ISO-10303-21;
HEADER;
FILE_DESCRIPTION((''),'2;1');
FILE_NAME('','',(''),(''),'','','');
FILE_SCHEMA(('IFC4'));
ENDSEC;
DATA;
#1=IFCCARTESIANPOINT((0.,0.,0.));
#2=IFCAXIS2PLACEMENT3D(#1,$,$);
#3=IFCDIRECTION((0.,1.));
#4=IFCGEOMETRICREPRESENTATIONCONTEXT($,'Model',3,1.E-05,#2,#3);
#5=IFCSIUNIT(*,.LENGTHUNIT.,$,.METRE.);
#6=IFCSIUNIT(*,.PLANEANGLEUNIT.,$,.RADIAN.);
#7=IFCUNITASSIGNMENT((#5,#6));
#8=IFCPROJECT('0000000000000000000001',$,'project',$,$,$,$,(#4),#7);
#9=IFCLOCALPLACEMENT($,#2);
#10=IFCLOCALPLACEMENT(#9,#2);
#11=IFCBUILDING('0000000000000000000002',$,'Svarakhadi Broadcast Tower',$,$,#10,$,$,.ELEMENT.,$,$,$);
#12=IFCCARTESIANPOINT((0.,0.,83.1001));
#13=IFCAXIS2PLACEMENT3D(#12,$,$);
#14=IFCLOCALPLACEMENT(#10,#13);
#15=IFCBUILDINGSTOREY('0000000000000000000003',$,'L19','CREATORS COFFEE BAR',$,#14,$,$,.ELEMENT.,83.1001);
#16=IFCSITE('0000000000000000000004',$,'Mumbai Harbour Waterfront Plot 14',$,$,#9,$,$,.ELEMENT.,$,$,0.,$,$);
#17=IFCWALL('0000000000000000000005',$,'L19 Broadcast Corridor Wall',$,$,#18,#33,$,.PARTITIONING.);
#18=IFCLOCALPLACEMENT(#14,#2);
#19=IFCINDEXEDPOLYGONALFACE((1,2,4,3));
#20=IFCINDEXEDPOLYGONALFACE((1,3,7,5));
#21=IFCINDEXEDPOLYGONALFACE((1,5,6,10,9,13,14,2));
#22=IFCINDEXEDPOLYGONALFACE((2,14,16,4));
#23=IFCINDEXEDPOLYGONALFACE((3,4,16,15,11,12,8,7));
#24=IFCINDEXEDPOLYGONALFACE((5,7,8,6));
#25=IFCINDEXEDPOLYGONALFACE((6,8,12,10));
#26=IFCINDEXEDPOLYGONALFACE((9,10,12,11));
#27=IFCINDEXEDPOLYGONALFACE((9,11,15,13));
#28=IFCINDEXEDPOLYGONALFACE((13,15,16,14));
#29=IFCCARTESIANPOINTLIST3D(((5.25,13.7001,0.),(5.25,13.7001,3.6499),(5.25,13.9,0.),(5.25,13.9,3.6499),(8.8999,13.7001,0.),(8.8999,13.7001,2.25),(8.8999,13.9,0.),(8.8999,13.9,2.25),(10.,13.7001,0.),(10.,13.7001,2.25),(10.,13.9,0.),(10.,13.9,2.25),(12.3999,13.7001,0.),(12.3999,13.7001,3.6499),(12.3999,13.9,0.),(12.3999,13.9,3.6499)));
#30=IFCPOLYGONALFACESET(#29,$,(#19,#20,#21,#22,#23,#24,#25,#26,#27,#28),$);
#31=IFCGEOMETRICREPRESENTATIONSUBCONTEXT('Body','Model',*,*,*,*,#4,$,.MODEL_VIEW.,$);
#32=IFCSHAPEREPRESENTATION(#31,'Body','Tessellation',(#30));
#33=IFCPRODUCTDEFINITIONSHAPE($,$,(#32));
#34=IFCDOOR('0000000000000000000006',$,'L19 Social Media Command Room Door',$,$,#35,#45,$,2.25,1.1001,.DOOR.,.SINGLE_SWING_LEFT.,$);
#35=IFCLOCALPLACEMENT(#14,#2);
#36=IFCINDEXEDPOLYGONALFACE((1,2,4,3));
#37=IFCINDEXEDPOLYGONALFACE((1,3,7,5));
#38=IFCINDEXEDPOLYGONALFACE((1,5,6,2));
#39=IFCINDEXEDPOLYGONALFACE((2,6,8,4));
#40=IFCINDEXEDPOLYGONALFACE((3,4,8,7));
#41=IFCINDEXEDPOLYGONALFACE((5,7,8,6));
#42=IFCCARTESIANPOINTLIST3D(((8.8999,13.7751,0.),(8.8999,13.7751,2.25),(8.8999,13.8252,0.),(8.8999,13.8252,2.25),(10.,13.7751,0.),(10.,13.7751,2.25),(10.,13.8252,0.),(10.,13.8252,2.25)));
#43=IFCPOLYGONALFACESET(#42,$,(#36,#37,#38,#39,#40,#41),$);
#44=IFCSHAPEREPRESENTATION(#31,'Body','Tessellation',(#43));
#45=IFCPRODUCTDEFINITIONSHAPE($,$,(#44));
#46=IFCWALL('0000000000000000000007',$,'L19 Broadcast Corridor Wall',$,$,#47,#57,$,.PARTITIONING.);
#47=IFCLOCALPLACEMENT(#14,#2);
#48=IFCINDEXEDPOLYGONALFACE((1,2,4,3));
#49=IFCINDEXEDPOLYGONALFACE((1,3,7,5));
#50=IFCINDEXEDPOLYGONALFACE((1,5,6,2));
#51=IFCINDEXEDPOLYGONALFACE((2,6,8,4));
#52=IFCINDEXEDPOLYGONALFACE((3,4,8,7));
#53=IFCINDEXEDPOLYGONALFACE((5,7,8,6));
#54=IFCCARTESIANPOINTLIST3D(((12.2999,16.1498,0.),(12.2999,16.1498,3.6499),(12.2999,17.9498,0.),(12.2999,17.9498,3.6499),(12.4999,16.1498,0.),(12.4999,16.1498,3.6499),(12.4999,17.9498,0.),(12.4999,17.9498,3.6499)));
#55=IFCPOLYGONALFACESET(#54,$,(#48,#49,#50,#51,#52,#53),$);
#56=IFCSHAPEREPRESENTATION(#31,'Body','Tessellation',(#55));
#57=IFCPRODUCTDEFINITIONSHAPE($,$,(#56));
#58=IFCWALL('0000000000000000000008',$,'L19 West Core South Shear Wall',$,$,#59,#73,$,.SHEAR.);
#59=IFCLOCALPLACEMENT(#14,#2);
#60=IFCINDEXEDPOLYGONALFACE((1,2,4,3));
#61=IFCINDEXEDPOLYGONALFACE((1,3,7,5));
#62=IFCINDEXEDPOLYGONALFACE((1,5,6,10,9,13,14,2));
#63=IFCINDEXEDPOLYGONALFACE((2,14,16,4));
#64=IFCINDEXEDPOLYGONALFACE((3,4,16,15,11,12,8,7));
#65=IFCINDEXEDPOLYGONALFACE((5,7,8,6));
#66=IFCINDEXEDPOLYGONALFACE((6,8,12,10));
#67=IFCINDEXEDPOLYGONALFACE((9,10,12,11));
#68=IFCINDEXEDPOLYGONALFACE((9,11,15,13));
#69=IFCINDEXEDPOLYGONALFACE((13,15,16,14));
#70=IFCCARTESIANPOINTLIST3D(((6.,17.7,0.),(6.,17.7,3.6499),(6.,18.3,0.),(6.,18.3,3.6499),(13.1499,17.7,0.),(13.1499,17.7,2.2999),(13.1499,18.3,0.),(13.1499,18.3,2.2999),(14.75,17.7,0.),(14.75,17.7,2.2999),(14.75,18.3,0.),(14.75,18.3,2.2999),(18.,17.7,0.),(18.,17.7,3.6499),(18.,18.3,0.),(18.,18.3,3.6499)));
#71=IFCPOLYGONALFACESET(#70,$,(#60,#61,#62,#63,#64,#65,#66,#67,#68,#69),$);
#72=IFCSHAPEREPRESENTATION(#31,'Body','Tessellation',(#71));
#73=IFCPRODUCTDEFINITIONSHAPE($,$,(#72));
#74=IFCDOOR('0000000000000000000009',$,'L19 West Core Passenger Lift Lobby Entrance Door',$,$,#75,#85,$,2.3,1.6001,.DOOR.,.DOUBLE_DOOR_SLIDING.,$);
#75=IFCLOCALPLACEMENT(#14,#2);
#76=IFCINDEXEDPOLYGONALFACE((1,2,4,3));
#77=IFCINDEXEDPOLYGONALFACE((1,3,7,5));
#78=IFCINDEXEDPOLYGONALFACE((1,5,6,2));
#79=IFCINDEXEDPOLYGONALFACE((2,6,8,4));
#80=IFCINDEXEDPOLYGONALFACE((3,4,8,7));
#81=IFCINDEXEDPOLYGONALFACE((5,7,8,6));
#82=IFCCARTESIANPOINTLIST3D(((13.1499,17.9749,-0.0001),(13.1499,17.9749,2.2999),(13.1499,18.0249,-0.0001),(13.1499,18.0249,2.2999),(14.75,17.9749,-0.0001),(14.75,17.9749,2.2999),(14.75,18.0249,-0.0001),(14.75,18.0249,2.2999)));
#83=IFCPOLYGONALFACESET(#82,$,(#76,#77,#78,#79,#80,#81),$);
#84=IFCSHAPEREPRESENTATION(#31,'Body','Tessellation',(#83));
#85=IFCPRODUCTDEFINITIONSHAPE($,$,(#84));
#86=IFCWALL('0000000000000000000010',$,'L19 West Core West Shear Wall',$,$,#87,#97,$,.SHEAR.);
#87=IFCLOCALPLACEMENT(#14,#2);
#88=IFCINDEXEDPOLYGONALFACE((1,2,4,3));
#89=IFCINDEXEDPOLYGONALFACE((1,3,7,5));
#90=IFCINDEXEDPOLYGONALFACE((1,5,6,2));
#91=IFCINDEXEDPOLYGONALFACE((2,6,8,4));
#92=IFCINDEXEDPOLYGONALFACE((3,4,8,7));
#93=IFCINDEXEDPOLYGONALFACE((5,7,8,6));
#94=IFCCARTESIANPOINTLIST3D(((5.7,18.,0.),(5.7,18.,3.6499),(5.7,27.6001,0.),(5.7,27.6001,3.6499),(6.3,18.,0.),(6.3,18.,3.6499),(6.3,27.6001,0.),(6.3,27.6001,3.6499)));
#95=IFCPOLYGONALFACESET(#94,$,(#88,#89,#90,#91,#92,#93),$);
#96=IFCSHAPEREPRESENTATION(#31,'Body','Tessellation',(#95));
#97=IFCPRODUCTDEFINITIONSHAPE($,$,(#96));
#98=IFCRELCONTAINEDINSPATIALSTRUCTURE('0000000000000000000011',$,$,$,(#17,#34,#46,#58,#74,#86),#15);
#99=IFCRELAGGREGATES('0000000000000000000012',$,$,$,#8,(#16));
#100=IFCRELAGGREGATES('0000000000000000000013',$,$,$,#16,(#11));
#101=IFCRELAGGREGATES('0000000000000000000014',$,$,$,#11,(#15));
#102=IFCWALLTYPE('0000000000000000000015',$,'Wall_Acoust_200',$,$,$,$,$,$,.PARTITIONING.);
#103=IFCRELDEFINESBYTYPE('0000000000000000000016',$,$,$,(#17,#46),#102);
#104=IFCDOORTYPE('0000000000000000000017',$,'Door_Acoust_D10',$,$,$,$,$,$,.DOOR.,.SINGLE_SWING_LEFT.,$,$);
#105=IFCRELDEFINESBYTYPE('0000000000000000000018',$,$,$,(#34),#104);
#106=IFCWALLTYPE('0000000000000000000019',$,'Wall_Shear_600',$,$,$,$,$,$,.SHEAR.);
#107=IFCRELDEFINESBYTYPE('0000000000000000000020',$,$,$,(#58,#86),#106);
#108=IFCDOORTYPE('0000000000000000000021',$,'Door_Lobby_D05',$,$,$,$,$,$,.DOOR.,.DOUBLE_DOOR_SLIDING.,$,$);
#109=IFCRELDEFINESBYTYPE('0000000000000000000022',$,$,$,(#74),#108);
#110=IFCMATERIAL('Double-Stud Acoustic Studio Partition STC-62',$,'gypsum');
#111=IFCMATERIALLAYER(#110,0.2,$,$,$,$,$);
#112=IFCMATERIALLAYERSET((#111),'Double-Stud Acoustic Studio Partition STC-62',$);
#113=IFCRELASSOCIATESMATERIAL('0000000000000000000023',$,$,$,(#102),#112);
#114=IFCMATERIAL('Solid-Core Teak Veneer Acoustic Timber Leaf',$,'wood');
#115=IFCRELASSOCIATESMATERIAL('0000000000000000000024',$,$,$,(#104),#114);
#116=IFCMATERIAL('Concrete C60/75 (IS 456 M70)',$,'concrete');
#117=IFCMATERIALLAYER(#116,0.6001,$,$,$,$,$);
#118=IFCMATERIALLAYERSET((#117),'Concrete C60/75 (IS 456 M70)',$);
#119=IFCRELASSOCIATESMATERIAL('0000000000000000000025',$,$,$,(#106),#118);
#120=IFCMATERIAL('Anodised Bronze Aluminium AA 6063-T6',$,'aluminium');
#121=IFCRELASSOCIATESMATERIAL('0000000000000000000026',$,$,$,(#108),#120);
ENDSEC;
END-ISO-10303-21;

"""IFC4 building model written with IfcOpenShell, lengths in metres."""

from ifc_helpers import new_model, si_unit, direction, frame, frame_2d, origin, place, context, subcontext, project, spatial, rectangle, extrude, material, layer, layer_set, type_object, element, fill, save


model = new_model("IFC4")

# Units and contexts
model_context = context("Model", 3, precision=1e-05, world=origin(), true_north=direction((0.0, 1.0)))
body_context = subcontext(model_context, "Body", "Model", "MODEL_VIEW")
ifc_project = project(units=[si_unit("LENGTHUNIT", "METRE"), si_unit("PLANEANGLEUNIT", "RADIAN")], contexts=[model_context])

# Site, building, storey
site_placement = place(None, origin())
site = spatial("IfcSite", under=ifc_project, at=site_placement, Name="Mumbai Harbour Waterfront Plot 14", CompositionType="ELEMENT", RefElevation=0.0)
building_placement = place(site_placement, origin())
building = spatial("IfcBuilding", under=site, at=building_placement, Name="Svarakhadi Broadcast Tower", CompositionType="ELEMENT")
storey_placement = place(building_placement, frame((0.0, 0.0, 83.1001)))
storey = spatial("IfcBuildingStorey", under=building, at=storey_placement, Name="L19", Description="CREATORS COFFEE BAR", CompositionType="ELEMENT", Elevation=83.1001)

# Shared definitions
ifc_material_1 = material(Name="Concrete C60/75 (IS 456 M70)", Category="concrete")

# Wall, opening, door
ifc_material_2 = material(Name="Double-Stud Acoustic Studio Partition STC-62", Category="gypsum")
ifc_layer_1 = layer(ifc_material_2, 0.2)
ifc_layer_set_1 = layer_set([ifc_layer_1], Name="Double-Stud Acoustic Studio Partition STC-62")
wall_type_1 = type_object("IfcWallType", Name="Wall_Acoust_200", PredefinedType="PARTITIONING", material=ifc_layer_set_1)
wall_1_placement = place(storey_placement, frame((12.3999, 13.8, 0.0), z_axis=(0.0, 0.0, 1.0), x_axis=(-1.0, 0.0, 0.0)))
wall_1 = element("IfcWall", 1, at=wall_1_placement, inside=storey, type_object=wall_type_1, Name="L19 Broadcast Corridor Wall", PredefinedType="PARTITIONING", context=body_context, shape_type="SweptSolid", body=[
    extrude(rectangle(XDim=7.1499, YDim=0.2, at=frame_2d((3.575, 0.0))), origin(), (0.0, 0.0, 1.0), 3.6499),
])
opening_1_placement = place(wall_1_placement, frame((2.3999, 0.0, 0.0)))
opening_1 = element("IfcOpeningElement", 2, at=opening_1_placement, cuts=wall_1, PredefinedType="OPENING", context=body_context, shape_type="SweptSolid", body=[
    extrude(rectangle(XDim=1.1001, YDim=2.25, at=frame_2d((0.55, 1.125))), frame((0.0, 0.1099, 0.0), z_axis=(0.0, -1.0, 0.0), x_axis=(1.0, 0.0, 0.0)), (0.0, 0.0, 1.0), 0.22),
])
ifc_material_3 = material(Name="Solid-Core Teak Veneer Acoustic Timber Leaf", Category="wood")
door_type_1 = type_object("IfcDoorType", Name="Door_Acoust_D10", OperationType="SINGLE_SWING_LEFT", PredefinedType="DOOR", material=ifc_material_3)
door_1_placement = place(opening_1_placement, origin())
door_1 = element("IfcDoor", 3, at=door_1_placement, inside=storey, type_object=door_type_1, Name="L19 Social Media Command Room Door", OperationType="SINGLE_SWING_LEFT", OverallHeight=2.25, OverallWidth=1.1001, PredefinedType="DOOR", context=body_context, shape_type="SweptSolid", body=[
    extrude(rectangle(XDim=1.1001, YDim=2.25, at=frame_2d((0.55, 1.125))), frame((0.0, 0.0249, 0.0), z_axis=(0.0, -1.0, 0.0), x_axis=(1.0, 0.0, 0.0)), (0.0, 0.0, 1.0), 0.05),
])
fill(opening_1, door_1)

# Wall
wall_2_placement = place(storey_placement, frame((12.3999, 16.1499, 0.0), z_axis=(0.0, 0.0, 1.0), x_axis=(0.0, 1.0, 0.0)))
element("IfcWall", 4, at=wall_2_placement, inside=storey, type_object=wall_type_1, Name="L19 Broadcast Corridor Wall", PredefinedType="PARTITIONING", context=body_context, shape_type="SweptSolid", body=[
    extrude(rectangle(XDim=1.8, YDim=0.2, at=frame_2d((0.8999, 0.0))), origin(), (0.0, 0.0, 1.0), 3.6499),
])

# Wall, opening, door
ifc_layer_2 = layer(ifc_material_1, 0.6001)
ifc_layer_set_2 = layer_set([ifc_layer_2], Name="Concrete C60/75 (IS 456 M70)")
wall_type_2 = type_object("IfcWallType", Name="Wall_Shear_600", PredefinedType="SHEAR", material=ifc_layer_set_2)
wall_3_placement = place(storey_placement, frame((6.0, 18.0, 0.0), z_axis=(0.0, 0.0, 1.0), x_axis=(1.0, 0.0, 0.0)))
wall_3 = element("IfcWall", 5, at=wall_3_placement, inside=storey, type_object=wall_type_2, Name="L19 West Core South Shear Wall", PredefinedType="SHEAR", context=body_context, shape_type="SweptSolid", body=[
    extrude(rectangle(XDim=12.0, YDim=0.6001, at=frame_2d((6.0, 0.0))), origin(), (0.0, 0.0, 1.0), 3.6499),
])
opening_2_placement = place(wall_3_placement, frame((7.1499, 0.0, 0.0)))
opening_2 = element("IfcOpeningElement", 6, at=opening_2_placement, cuts=wall_3, PredefinedType="OPENING", context=body_context, shape_type="SweptSolid", body=[
    extrude(rectangle(XDim=1.6001, YDim=2.3, at=frame_2d((0.8, 1.1499))), frame((0.0, 0.3101, 0.0), z_axis=(0.0, -1.0, 0.0), x_axis=(1.0, 0.0, 0.0)), (0.0, 0.0, 1.0), 0.6201),
])
ifc_material_4 = material(Name="Anodised Bronze Aluminium AA 6063-T6", Category="aluminium")
door_type_2 = type_object("IfcDoorType", Name="Door_Lobby_D05", OperationType="DOUBLE_DOOR_SLIDING", PredefinedType="DOOR", material=ifc_material_4)
door_2_placement = place(opening_2_placement, origin())
door_2 = element("IfcDoor", 7, at=door_2_placement, inside=storey, type_object=door_type_2, Name="L19 West Core Passenger Lift Lobby Entrance Door", OperationType="DOUBLE_DOOR_SLIDING", OverallHeight=2.3, OverallWidth=1.6001, PredefinedType="DOOR", context=body_context, shape_type="SweptSolid", body=[
    extrude(rectangle(XDim=1.6001, YDim=2.3, at=frame_2d((0.8, 1.1499))), frame((0.0, 0.0249, 0.0), z_axis=(0.0, -1.0, 0.0), x_axis=(1.0, 0.0, 0.0)), (0.0, 0.0, 1.0), 0.05),
])
fill(opening_2, door_2)

# Wall
wall_4_placement = place(storey_placement, frame((6.0, 18.0, 0.0), z_axis=(0.0, 0.0, 1.0), x_axis=(0.0, 1.0, 0.0)))
element("IfcWall", 8, at=wall_4_placement, inside=storey, type_object=wall_type_2, Name="L19 West Core West Shear Wall", PredefinedType="SHEAR", context=body_context, shape_type="SweptSolid", body=[
    extrude(rectangle(XDim=9.6001, YDim=0.6001, at=frame_2d((4.8, 0.0))), origin(), (0.0, 0.0, 1.0), 3.6499),
])

save(model, "model.ifc")
